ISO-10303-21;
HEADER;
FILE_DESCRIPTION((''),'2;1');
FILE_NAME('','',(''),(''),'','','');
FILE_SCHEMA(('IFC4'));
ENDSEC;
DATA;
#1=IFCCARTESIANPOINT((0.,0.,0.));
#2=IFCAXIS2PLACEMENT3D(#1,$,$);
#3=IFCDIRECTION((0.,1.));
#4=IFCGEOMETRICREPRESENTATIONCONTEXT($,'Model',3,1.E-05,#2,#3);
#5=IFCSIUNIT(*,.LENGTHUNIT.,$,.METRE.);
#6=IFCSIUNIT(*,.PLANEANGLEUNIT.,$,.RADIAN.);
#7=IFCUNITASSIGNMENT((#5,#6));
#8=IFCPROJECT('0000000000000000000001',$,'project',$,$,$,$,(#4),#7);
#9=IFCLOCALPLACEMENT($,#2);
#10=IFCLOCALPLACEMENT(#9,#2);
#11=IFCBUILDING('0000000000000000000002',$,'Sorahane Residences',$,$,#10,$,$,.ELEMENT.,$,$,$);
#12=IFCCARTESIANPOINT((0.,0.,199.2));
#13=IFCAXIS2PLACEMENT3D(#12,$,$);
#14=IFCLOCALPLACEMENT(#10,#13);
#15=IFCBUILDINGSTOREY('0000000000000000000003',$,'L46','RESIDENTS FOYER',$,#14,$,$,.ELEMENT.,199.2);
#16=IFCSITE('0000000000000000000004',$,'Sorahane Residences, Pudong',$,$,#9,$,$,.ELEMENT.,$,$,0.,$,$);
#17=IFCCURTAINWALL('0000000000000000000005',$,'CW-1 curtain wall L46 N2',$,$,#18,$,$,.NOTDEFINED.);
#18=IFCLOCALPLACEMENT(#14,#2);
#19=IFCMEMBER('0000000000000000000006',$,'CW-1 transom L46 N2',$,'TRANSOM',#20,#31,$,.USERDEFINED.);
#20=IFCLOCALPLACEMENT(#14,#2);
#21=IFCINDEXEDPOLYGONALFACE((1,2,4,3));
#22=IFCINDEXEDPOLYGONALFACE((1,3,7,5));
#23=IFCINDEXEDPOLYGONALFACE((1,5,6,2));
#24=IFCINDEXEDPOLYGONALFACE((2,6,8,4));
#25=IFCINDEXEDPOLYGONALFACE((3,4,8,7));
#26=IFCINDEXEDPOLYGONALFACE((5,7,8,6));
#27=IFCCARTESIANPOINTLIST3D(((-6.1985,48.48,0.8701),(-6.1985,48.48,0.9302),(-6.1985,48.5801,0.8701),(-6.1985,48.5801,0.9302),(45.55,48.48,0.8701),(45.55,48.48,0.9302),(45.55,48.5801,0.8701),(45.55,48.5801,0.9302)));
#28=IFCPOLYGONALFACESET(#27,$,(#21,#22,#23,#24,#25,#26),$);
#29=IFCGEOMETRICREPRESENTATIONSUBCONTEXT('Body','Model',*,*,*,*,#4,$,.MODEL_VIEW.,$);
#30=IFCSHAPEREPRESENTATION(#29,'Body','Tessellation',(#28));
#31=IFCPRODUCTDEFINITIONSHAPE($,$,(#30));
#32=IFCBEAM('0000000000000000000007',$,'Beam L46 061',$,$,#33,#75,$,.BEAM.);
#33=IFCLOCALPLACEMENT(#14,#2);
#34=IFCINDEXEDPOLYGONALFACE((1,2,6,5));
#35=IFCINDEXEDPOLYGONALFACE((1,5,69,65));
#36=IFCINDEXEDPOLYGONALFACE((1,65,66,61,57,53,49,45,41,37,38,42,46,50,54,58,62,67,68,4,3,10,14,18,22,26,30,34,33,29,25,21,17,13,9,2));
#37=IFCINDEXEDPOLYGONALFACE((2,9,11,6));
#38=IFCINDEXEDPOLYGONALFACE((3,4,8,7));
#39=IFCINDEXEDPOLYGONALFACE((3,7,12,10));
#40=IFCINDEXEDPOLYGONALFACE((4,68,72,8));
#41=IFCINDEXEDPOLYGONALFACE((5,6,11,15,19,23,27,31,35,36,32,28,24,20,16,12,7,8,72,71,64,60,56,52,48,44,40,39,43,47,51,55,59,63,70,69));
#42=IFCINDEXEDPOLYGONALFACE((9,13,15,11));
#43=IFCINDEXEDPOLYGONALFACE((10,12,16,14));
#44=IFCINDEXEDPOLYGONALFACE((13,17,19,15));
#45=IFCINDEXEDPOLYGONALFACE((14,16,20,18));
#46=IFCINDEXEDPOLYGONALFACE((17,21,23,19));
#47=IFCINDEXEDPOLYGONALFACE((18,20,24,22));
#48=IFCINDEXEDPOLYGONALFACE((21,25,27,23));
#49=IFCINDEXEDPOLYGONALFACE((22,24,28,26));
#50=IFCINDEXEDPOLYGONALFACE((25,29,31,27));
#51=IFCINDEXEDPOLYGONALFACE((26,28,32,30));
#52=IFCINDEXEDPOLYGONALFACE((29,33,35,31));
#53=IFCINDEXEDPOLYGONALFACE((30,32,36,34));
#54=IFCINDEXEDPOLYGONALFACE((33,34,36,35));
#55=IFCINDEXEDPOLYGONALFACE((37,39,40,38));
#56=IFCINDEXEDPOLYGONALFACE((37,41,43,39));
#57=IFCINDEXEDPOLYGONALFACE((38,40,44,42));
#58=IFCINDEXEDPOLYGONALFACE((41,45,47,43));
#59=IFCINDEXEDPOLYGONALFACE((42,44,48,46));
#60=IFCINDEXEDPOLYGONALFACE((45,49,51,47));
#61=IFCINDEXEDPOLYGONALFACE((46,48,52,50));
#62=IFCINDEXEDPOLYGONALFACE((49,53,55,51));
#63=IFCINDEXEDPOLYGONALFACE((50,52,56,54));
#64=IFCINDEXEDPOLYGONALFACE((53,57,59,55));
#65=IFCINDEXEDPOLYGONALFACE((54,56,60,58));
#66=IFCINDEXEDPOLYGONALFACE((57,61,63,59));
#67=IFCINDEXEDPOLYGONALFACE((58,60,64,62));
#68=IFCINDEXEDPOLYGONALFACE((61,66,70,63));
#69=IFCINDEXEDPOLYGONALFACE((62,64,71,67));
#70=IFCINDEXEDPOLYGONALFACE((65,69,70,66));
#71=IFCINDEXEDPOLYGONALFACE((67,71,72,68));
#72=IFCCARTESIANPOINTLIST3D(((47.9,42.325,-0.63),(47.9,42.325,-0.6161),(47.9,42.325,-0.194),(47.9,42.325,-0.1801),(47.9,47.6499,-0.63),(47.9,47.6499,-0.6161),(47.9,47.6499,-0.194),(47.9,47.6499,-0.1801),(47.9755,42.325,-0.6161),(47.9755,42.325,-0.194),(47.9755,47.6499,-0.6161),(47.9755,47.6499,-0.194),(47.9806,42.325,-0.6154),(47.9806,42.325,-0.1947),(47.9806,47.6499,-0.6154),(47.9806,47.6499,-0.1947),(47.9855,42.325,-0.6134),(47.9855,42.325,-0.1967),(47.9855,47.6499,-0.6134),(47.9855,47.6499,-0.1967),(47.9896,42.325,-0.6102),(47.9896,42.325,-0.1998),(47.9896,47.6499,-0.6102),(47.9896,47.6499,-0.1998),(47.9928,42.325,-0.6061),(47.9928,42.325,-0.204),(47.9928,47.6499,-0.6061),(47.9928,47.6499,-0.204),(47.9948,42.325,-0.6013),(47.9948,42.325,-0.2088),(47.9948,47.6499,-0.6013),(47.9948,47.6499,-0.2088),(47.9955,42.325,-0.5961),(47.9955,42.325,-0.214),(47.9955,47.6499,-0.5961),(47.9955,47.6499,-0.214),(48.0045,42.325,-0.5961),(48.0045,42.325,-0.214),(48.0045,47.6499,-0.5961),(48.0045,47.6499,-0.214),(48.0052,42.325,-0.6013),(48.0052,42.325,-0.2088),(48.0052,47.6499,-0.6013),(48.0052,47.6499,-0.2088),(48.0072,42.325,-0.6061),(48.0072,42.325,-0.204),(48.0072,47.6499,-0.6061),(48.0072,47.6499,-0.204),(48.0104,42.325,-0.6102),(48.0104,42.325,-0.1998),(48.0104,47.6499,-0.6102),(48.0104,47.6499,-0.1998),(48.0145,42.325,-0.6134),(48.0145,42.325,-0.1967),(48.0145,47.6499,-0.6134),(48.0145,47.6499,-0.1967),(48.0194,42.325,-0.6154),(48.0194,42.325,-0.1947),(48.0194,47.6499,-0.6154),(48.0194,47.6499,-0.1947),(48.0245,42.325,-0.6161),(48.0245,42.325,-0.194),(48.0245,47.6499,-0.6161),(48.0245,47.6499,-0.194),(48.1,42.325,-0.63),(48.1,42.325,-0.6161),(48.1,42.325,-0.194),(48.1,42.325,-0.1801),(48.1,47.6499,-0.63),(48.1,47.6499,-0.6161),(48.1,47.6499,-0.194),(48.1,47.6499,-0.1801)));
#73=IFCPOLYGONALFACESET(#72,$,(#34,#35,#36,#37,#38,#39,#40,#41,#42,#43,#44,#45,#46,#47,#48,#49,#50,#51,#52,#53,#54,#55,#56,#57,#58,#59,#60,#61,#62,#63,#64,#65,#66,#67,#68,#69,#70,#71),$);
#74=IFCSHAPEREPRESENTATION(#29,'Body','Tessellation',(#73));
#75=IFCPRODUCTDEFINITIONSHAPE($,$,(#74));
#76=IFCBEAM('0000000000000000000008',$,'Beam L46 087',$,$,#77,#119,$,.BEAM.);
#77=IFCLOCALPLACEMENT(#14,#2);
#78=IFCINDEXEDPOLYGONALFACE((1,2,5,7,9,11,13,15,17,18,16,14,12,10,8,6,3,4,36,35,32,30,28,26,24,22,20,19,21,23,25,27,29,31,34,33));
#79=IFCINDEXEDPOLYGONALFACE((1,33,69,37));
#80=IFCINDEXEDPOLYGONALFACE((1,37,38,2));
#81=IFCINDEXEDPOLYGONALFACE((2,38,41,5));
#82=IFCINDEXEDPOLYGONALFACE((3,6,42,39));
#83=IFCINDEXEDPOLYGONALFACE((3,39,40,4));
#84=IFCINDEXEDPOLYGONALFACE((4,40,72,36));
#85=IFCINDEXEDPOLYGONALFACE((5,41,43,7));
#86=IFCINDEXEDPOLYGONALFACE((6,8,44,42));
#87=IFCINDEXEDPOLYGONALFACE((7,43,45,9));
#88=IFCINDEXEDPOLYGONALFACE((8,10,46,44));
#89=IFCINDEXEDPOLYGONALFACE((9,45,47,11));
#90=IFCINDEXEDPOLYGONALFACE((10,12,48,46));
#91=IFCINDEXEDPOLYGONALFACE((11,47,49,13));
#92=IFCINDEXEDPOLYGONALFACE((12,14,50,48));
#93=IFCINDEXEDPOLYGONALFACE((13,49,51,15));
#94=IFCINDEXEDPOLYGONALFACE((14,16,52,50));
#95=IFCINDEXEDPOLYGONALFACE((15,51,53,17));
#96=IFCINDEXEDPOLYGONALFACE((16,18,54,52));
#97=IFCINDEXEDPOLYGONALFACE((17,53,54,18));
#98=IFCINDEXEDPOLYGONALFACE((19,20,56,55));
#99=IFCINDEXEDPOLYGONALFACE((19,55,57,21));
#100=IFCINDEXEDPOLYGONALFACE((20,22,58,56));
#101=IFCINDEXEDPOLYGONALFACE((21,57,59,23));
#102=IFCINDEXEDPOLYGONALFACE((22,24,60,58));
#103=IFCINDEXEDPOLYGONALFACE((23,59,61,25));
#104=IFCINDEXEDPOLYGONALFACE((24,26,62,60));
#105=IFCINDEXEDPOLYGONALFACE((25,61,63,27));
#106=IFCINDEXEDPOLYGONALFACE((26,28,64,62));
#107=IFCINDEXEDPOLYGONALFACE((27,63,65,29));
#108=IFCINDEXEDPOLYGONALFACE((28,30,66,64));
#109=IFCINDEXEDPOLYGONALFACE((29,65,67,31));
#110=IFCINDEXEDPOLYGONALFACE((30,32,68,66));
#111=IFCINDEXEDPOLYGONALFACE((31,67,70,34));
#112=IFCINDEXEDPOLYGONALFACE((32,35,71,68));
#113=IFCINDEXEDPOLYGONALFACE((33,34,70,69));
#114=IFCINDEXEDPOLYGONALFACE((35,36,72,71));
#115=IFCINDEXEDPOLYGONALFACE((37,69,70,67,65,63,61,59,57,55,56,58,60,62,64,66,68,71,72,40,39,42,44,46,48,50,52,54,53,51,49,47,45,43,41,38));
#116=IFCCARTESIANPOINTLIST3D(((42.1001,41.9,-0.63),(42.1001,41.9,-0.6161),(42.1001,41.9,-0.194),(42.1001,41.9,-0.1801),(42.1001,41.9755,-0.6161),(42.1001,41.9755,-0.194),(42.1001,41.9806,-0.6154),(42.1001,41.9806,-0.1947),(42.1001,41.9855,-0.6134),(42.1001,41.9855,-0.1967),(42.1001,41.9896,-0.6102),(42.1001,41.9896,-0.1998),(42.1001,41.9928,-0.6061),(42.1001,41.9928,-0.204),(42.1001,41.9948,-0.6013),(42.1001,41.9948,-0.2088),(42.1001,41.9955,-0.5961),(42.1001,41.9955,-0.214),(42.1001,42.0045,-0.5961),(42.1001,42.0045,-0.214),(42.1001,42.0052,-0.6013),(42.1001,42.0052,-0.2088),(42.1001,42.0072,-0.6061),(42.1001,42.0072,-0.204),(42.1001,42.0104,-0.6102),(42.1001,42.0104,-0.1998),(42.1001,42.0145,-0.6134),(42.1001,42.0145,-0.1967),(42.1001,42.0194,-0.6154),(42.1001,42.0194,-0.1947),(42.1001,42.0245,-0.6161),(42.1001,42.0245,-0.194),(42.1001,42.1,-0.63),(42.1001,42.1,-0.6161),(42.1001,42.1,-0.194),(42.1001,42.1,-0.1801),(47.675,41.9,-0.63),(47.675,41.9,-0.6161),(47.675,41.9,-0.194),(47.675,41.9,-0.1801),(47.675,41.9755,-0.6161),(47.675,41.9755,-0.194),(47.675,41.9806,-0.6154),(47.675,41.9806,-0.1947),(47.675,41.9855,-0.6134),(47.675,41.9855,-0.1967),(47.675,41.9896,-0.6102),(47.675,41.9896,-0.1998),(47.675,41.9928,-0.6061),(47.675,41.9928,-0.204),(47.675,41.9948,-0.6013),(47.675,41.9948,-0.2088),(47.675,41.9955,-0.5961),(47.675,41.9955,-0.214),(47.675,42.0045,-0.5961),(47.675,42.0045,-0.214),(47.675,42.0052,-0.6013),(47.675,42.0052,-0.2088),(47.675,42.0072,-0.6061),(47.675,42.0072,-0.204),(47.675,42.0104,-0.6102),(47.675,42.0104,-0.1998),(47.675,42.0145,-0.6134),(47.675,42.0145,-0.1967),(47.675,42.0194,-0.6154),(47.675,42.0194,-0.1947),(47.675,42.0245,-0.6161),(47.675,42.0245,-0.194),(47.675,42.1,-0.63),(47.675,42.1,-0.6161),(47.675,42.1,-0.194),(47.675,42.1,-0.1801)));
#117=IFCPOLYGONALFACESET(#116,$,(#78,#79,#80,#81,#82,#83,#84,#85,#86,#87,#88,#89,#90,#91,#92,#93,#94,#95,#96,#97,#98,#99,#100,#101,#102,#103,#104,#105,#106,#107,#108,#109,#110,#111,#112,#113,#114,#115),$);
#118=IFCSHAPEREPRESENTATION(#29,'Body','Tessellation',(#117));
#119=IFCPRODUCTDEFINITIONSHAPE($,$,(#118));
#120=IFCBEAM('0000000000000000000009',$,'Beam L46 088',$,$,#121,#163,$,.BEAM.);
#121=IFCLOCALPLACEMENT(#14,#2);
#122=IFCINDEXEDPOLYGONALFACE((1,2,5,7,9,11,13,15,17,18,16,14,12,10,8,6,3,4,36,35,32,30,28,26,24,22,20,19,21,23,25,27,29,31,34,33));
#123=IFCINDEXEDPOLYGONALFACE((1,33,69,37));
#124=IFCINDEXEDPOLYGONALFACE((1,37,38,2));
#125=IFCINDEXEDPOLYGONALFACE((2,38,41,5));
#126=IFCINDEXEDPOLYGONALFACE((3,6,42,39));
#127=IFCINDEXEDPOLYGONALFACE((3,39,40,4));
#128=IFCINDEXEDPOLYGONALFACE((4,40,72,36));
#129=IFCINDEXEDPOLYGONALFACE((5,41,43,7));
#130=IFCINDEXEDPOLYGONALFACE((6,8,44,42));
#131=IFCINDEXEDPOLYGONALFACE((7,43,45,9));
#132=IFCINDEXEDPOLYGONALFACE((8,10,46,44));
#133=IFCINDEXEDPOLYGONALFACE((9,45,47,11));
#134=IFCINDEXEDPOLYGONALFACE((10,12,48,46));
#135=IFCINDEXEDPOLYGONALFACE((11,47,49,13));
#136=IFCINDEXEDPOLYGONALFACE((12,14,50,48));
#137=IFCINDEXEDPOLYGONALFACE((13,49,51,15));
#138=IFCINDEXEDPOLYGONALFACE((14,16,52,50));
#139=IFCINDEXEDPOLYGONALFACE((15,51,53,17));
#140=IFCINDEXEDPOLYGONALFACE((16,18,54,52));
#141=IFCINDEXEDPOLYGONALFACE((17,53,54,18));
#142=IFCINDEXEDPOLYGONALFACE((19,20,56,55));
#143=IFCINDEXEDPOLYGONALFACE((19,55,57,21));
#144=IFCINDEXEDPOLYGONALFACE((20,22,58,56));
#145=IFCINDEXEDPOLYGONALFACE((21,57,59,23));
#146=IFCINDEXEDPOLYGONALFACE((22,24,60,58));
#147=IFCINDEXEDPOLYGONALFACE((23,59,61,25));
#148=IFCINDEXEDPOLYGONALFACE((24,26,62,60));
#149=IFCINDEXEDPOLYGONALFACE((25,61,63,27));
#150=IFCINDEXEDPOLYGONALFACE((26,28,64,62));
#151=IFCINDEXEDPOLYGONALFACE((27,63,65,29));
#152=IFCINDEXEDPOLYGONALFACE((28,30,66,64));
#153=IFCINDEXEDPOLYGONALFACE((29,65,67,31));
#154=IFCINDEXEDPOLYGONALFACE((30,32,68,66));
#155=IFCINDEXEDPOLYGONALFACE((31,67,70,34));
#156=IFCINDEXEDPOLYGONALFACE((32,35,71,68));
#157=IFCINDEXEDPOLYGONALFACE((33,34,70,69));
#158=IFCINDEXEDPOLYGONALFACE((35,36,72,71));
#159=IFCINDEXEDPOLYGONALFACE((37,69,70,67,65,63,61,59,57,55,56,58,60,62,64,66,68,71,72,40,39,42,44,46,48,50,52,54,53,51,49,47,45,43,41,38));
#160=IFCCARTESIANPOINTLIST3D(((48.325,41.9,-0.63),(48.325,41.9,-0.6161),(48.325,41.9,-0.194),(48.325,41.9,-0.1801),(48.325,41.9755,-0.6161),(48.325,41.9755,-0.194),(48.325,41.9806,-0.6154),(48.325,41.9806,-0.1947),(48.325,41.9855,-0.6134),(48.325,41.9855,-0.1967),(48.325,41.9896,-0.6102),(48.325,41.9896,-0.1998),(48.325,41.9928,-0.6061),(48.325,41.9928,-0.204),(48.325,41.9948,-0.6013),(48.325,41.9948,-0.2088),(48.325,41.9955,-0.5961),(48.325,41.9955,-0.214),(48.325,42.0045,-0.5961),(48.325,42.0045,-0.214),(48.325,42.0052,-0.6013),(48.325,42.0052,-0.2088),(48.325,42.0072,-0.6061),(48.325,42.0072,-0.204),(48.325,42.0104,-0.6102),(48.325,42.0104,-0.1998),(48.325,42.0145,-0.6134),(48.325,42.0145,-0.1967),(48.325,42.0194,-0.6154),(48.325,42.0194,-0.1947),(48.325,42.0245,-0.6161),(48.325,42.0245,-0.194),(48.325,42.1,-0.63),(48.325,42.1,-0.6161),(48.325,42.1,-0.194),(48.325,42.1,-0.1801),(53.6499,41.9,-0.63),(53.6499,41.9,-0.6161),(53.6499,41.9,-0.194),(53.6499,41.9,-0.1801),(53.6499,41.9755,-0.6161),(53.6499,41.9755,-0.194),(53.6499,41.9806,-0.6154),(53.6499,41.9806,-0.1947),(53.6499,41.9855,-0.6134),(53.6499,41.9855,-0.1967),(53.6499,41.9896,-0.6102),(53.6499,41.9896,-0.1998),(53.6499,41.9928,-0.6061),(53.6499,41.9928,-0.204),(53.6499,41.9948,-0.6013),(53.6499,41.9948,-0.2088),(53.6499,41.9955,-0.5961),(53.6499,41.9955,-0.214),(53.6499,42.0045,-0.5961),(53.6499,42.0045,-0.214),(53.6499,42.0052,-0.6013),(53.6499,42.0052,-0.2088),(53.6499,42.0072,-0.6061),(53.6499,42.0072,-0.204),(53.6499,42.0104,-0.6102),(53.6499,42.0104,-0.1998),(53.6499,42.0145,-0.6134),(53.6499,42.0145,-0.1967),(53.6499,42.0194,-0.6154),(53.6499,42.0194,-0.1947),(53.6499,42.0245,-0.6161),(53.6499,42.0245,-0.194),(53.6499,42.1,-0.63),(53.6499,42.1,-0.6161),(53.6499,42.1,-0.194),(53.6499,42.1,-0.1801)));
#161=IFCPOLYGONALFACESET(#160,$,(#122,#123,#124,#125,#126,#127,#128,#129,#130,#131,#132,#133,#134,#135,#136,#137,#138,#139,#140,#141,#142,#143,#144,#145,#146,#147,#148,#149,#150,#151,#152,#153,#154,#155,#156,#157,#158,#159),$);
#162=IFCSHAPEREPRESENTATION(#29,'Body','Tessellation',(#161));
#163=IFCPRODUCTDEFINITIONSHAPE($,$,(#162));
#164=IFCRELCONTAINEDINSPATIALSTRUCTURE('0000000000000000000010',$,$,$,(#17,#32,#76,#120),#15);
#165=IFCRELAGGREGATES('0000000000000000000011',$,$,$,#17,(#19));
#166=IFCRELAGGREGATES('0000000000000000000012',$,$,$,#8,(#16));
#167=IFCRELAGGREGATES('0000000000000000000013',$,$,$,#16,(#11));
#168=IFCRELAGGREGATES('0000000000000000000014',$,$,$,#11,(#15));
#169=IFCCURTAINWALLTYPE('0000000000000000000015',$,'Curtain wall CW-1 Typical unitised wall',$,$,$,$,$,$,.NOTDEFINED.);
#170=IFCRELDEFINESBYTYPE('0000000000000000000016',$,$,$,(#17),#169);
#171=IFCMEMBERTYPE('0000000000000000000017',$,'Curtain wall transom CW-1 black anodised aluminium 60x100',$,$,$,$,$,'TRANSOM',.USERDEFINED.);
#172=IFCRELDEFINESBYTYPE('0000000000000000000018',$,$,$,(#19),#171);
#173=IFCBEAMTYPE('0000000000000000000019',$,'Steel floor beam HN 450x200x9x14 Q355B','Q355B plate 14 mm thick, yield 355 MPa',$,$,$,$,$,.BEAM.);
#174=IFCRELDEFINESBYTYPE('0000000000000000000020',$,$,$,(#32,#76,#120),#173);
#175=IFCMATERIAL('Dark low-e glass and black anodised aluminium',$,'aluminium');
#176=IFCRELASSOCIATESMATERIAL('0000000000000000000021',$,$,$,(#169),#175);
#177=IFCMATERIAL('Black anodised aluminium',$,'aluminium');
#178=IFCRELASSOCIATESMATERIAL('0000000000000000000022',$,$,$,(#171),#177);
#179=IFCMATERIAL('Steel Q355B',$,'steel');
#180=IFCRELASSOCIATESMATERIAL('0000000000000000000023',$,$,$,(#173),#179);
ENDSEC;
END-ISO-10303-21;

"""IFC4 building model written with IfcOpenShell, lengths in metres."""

from ifc_helpers import new_model, si_unit, direction, frame, origin, origin_2d, place, context, subcontext, project, spatial, rectangle, i_section, extrude, material, material_profile, profile_set, type_object, element, aggregate, save


model = new_model("IFC4")

# Units and contexts
model_context = context("Model", 3, precision=1e-05, world=origin(), true_north=direction((0.0, 1.0)))
body_context = subcontext(model_context, "Body", "Model", "MODEL_VIEW")
ifc_project = project(units=[si_unit("LENGTHUNIT", "METRE"), si_unit("PLANEANGLEUNIT", "RADIAN")], contexts=[model_context])

# Site, building, storey
site_placement = place(None, origin())
site = spatial("IfcSite", under=ifc_project, at=site_placement, Name="Sorahane Residences, Pudong", CompositionType="ELEMENT", RefElevation=0.0)
building_placement = place(site_placement, origin())
building = spatial("IfcBuilding", under=site, at=building_placement, Name="Sorahane Residences", CompositionType="ELEMENT")
storey_placement = place(building_placement, frame((0.0, 0.0, 199.2)))
storey = spatial("IfcBuildingStorey", under=building, at=storey_placement, Name="L46", Description="RESIDENTS FOYER", CompositionType="ELEMENT", Elevation=199.2)

# Curtain wall, member
ifc_material_1 = material(Name="Dark low-e glass and black anodised aluminium", Category="aluminium")
curtain_wall_type = type_object("IfcCurtainWallType", Name="Curtain wall CW-1 Typical unitised wall", PredefinedType="NOTDEFINED", material=ifc_material_1)
curtain_wall_1_placement = place(storey_placement, origin())
curtain_wall_1 = element("IfcCurtainWall", 1, at=curtain_wall_1_placement, inside=storey, type_object=curtain_wall_type, Name="CW-1 curtain wall L46 N2", PredefinedType="NOTDEFINED")
ifc_material_2 = material(Name="Black anodised aluminium", Category="aluminium")
ifc_material_profile_1 = material_profile(ifc_material_2, rectangle(XDim=0.1001, YDim=0.0601, at=origin_2d()), Name="Curtain wall transom CW-1 black anodised aluminium 60x100")
ifc_profile_set_1 = profile_set([ifc_material_profile_1], Name="Black anodised aluminium")
member_type_1 = type_object("IfcMemberType", Name="Curtain wall transom CW-1 black anodised aluminium 60x100", ElementType="TRANSOM", PredefinedType="USERDEFINED", material=ifc_profile_set_1)
member_1_placement = place(storey_placement, frame((45.55, 48.53, 0.9001), z_axis=(-1.0, 0.0, 0.0), x_axis=(0.0, -1.0, 0.0)))
member_1 = element("IfcMember", 2, at=member_1_placement, type_object=member_type_1, Name="CW-1 transom L46 N2", ObjectType="TRANSOM", PredefinedType="USERDEFINED", context=body_context, shape_type="SweptSolid", body=[
    extrude(rectangle(XDim=0.1001, YDim=0.0601, at=origin_2d()), origin(), (0.0, 0.0, 1.0), 51.7485),
])

# Beams
ifc_material_3 = material(Name="Steel Q355B", Category="steel")
ifc_material_profile_2 = material_profile(ifc_material_3, i_section(OverallWidth=0.2, OverallDepth=0.45, WebThickness=0.009, FlangeThickness=0.0139, FilletRadius=0.02, at=origin_2d()), Name="HN 450x200x9x14")
ifc_profile_set_2 = profile_set([ifc_material_profile_2], Name="Steel Q355B")
beam_type_1 = type_object("IfcBeamType", Name="Steel floor beam HN 450x200x9x14 Q355B", Description="Q355B plate 14 mm thick, yield 355 MPa", PredefinedType="BEAM", material=ifc_profile_set_2)
beam_1_placement = place(storey_placement, frame((48.0, 42.325, -0.405), z_axis=(0.0, 1.0, 0.0), x_axis=(-1.0, 0.0, 0.0)))
element("IfcBeam", 3, at=beam_1_placement, inside=storey, type_object=beam_type_1, Name="Beam L46 061", PredefinedType="BEAM", context=body_context, shape_type="SweptSolid", body=[
    extrude(i_section(OverallWidth=0.2, OverallDepth=0.45, WebThickness=0.009, FlangeThickness=0.0139, FilletRadius=0.02, at=origin_2d()), origin(), (0.0, 0.0, 1.0), 5.325),
])
beam_2_placement = place(storey_placement, frame((42.1001, 42.0, -0.405), z_axis=(1.0, 0.0, 0.0), x_axis=(0.0, 1.0, 0.0)))
element("IfcBeam", 4, at=beam_2_placement, inside=storey, type_object=beam_type_1, Name="Beam L46 087", PredefinedType="BEAM", context=body_context, shape_type="SweptSolid", body=[
    extrude(i_section(OverallWidth=0.2, OverallDepth=0.45, WebThickness=0.009, FlangeThickness=0.0139, FilletRadius=0.02, at=origin_2d()), origin(), (0.0, 0.0, 1.0), 5.575),
])
beam_3_placement = place(storey_placement, frame((48.325, 42.0, -0.405), z_axis=(1.0, 0.0, 0.0), x_axis=(0.0, 1.0, 0.0)))
element("IfcBeam", 5, at=beam_3_placement, inside=storey, type_object=beam_type_1, Name="Beam L46 088", PredefinedType="BEAM", context=body_context, shape_type="SweptSolid", body=[
    extrude(i_section(OverallWidth=0.2, OverallDepth=0.45, WebThickness=0.009, FlangeThickness=0.0139, FilletRadius=0.02, at=origin_2d()), origin(), (0.0, 0.0, 1.0), 5.325),
])

aggregate(curtain_wall_1, [member_1])

save(model, "model.ifc")
